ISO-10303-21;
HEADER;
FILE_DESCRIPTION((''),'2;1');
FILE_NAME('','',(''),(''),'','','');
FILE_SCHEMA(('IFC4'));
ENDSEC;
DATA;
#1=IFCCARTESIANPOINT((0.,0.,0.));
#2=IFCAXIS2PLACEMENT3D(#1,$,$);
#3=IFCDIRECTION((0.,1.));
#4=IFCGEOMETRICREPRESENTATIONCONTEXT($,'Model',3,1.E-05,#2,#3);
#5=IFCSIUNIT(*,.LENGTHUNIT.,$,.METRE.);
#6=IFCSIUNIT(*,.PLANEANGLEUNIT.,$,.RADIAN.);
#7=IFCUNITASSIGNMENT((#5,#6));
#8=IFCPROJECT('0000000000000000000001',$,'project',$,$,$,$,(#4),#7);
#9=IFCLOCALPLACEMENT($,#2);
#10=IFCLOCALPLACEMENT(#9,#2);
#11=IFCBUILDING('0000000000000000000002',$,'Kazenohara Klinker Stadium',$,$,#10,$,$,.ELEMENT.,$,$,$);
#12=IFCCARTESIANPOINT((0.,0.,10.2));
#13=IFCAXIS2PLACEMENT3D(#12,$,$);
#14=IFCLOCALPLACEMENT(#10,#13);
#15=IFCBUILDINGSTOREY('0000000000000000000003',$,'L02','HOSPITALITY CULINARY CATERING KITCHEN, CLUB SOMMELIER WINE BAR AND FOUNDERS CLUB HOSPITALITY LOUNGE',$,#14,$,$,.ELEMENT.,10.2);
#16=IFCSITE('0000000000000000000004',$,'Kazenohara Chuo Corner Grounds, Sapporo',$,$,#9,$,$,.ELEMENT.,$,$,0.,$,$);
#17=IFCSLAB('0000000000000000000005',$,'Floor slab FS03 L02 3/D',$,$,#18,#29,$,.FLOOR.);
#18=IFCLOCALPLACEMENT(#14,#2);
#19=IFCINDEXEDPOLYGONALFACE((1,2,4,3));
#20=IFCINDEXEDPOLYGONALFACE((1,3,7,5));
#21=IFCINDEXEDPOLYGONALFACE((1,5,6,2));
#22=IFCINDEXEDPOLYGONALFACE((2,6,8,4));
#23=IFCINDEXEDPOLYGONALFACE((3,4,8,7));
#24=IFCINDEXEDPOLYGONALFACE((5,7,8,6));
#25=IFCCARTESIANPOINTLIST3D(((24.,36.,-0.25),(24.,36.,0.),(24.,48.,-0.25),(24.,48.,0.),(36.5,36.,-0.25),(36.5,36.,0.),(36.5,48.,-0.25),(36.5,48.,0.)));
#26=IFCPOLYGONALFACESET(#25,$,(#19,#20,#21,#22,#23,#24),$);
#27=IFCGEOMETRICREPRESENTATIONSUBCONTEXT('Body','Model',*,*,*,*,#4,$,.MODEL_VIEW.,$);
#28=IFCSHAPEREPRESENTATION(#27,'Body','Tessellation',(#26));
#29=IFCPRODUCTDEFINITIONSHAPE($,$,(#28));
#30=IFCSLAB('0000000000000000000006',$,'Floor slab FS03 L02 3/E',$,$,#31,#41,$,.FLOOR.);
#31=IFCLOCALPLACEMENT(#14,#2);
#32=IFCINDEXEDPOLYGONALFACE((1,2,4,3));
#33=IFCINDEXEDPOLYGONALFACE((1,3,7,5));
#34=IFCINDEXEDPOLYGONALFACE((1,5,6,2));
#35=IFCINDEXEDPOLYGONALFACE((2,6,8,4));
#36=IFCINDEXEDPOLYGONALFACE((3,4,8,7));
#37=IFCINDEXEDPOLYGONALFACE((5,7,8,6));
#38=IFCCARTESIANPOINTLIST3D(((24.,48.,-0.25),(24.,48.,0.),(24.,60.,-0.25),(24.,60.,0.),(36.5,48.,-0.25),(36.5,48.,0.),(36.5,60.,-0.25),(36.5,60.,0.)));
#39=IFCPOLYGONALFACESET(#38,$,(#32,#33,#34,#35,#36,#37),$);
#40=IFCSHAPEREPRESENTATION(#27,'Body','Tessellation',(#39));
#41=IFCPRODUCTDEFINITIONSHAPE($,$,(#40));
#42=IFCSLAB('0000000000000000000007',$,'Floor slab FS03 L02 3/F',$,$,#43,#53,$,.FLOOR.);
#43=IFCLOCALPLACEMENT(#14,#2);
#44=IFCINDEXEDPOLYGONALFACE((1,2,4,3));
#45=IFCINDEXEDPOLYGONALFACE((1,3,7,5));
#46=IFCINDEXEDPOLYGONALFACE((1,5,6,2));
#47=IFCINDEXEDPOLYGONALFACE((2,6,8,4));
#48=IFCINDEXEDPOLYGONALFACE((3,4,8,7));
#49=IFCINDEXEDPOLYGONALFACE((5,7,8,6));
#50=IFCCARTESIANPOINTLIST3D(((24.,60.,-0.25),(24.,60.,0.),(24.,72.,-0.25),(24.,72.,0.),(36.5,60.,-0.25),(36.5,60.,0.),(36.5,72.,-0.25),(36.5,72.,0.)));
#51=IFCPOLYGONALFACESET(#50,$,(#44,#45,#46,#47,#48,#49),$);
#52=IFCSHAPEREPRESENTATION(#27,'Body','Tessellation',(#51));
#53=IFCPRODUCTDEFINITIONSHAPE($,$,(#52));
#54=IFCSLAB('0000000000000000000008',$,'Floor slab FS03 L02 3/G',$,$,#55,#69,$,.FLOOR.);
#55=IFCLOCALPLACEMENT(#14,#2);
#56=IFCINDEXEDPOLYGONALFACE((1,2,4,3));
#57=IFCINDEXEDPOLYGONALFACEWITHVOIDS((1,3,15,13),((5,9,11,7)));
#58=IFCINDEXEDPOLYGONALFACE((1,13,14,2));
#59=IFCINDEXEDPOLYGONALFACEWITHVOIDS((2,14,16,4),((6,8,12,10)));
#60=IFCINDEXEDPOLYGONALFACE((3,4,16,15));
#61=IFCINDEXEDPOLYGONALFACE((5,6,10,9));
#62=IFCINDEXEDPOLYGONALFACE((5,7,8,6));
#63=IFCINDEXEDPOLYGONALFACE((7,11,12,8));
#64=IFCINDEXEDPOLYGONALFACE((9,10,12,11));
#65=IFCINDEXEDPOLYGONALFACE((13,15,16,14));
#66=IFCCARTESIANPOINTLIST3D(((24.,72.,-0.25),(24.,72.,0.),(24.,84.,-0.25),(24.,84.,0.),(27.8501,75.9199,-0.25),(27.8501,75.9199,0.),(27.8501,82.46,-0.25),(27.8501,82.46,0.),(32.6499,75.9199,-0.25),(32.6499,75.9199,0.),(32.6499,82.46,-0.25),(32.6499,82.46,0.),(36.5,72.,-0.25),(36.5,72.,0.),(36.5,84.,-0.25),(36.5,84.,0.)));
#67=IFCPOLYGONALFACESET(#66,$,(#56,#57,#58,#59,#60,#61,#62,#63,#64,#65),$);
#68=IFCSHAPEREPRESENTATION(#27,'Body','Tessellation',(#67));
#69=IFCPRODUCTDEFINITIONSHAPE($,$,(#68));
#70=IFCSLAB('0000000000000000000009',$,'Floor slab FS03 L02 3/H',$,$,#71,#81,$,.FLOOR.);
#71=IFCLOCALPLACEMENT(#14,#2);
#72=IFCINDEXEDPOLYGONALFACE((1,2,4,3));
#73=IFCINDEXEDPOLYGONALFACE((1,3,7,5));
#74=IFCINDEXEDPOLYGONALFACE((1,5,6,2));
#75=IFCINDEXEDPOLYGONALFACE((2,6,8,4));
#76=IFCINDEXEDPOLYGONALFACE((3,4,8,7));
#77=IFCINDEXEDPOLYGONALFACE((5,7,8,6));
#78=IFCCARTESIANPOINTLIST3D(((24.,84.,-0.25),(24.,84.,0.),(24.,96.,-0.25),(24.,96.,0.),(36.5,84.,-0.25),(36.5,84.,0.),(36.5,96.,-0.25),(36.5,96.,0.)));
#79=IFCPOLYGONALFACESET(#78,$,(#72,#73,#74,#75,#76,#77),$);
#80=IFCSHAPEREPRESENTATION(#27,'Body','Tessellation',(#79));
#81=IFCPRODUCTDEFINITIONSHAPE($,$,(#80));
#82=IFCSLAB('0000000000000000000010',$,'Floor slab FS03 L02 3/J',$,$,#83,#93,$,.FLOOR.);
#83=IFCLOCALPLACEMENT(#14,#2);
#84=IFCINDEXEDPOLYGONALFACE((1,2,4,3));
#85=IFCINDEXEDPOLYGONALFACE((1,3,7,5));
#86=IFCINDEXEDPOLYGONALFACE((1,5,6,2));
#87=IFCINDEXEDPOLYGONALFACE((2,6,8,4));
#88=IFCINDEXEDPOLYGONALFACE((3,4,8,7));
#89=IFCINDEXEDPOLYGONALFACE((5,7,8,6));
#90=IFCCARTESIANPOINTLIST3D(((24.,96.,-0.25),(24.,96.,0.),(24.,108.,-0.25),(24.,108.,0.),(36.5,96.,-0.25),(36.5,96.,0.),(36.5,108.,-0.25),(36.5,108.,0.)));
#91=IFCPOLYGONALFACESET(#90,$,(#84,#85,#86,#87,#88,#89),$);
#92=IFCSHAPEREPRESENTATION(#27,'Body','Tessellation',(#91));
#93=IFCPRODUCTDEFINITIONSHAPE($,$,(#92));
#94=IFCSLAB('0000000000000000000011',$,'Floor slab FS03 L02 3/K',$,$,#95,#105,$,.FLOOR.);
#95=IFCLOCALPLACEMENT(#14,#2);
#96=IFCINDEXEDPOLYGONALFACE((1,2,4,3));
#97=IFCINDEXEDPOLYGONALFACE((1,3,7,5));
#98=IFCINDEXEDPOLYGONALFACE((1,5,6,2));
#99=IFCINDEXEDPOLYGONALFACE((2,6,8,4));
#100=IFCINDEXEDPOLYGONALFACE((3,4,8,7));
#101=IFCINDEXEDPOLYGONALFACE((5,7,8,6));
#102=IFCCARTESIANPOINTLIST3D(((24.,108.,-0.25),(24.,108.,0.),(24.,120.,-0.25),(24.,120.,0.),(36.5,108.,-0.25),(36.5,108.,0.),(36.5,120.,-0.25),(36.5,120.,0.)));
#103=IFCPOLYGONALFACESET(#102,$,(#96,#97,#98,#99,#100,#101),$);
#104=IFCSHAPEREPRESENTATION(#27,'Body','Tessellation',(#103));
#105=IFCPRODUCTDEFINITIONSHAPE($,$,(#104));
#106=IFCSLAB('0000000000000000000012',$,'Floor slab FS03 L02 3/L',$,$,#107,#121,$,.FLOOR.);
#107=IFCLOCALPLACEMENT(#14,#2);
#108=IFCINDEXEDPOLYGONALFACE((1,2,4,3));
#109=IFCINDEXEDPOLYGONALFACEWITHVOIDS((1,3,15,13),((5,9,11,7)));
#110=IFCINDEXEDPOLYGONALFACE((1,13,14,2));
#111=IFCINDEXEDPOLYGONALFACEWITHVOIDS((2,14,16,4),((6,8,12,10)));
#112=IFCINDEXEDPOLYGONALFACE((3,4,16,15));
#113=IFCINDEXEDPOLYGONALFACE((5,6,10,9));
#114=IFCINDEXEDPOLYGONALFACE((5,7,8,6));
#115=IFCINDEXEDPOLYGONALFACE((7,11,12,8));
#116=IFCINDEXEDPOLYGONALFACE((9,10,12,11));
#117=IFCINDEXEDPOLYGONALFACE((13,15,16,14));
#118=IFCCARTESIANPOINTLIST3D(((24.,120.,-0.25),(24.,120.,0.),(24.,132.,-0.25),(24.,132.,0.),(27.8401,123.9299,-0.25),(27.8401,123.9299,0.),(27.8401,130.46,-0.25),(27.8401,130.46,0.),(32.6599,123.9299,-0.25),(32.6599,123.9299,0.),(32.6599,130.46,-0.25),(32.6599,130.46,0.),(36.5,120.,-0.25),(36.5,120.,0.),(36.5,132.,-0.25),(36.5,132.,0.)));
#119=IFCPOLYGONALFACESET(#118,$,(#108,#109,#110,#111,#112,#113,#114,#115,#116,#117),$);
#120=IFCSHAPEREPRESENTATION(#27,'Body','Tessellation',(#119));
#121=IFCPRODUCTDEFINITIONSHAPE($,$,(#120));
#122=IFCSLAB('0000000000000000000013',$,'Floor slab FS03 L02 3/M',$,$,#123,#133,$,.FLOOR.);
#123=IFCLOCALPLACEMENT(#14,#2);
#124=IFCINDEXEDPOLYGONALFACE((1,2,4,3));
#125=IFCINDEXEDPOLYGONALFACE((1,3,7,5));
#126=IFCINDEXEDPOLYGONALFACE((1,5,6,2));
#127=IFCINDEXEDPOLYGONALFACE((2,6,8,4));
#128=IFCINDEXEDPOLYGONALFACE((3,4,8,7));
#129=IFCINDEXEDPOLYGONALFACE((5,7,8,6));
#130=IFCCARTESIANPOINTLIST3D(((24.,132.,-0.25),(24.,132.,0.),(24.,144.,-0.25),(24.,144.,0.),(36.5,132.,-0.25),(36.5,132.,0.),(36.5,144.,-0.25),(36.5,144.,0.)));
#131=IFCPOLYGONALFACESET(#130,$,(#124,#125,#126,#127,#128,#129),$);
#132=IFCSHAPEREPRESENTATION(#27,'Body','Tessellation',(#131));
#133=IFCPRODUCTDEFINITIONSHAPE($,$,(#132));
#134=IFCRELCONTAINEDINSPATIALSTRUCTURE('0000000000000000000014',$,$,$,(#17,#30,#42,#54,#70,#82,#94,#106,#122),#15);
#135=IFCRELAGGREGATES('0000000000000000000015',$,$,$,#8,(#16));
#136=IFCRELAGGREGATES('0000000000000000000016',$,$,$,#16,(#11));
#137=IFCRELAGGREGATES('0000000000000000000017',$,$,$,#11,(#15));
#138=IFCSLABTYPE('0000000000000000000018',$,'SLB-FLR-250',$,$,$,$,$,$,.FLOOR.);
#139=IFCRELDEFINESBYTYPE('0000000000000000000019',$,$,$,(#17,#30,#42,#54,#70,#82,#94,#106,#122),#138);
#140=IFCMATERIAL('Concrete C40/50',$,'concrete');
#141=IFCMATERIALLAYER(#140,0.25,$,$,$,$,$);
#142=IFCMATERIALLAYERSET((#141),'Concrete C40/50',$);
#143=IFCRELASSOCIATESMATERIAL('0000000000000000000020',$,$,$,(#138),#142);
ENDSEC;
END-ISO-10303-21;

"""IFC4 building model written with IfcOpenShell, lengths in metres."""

from ifc_helpers import new_model, si_unit, direction, frame, origin, place, context, subcontext, project, spatial, polyline, outline, extrude, material, layer, layer_set, type_object, element, save


model = new_model("IFC4")

# Units and contexts
model_context = context("Model", 3, precision=1e-05, world=origin(), true_north=direction((0.0, 1.0)))
body_context = subcontext(model_context, "Body", "Model", "MODEL_VIEW")
ifc_project = project(units=[si_unit("LENGTHUNIT", "METRE"), si_unit("PLANEANGLEUNIT", "RADIAN")], contexts=[model_context])

# Site, building, storey
site_placement = place(None, origin())
site = spatial("IfcSite", under=ifc_project, at=site_placement, Name="Kazenohara Chuo Corner Grounds, Sapporo", CompositionType="ELEMENT", RefElevation=0.0)
building_placement = place(site_placement, origin())
building = spatial("IfcBuilding", under=site, at=building_placement, Name="Kazenohara Klinker Stadium", CompositionType="ELEMENT")
storey_placement = place(building_placement, frame((0.0, 0.0, 10.2)))
storey = spatial("IfcBuildingStorey", under=building, at=storey_placement, Name="L02", Description="HOSPITALITY CULINARY CATERING KITCHEN, CLUB SOMMELIER WINE BAR AND FOUNDERS CLUB HOSPITALITY LOUNGE", CompositionType="ELEMENT", Elevation=10.2)

# Slabs
ifc_material = material(Name="Concrete C40/50", Category="concrete")
ifc_layer = layer(ifc_material, 0.25)
ifc_layer_set = layer_set([ifc_layer], Name="Concrete C40/50")
slab_type = type_object("IfcSlabType", Name="SLB-FLR-250", PredefinedType="FLOOR", material=ifc_layer_set)
slab_1_placement = place(storey_placement, frame((0.0, 0.0, -0.25)))
element("IfcSlab", 1, at=slab_1_placement, inside=storey, type_object=slab_type, Name="Floor slab FS03 L02 3/D", PredefinedType="FLOOR", context=body_context, shape_type="SweptSolid", body=[
    extrude(outline(polyline([(24.0, 36.0), (36.5, 36.0), (36.5, 48.0), (24.0, 48.0), (24.0, 36.0)])), origin(), (0.0, 0.0, 1.0), 0.25),
])
slab_2_placement = place(storey_placement, frame((0.0, 0.0, -0.25)))
element("IfcSlab", 2, at=slab_2_placement, inside=storey, type_object=slab_type, Name="Floor slab FS03 L02 3/E", PredefinedType="FLOOR", context=body_context, shape_type="SweptSolid", body=[
    extrude(outline(polyline([(24.0, 48.0), (36.5, 48.0), (36.5, 60.0), (24.0, 60.0), (24.0, 48.0)])), origin(), (0.0, 0.0, 1.0), 0.25),
])
slab_3_placement = place(storey_placement, frame((0.0, 0.0, -0.25)))
element("IfcSlab", 3, at=slab_3_placement, inside=storey, type_object=slab_type, Name="Floor slab FS03 L02 3/F", PredefinedType="FLOOR", context=body_context, shape_type="SweptSolid", body=[
    extrude(outline(polyline([(24.0, 60.0), (36.5, 60.0), (36.5, 72.0), (24.0, 72.0), (24.0, 60.0)])), origin(), (0.0, 0.0, 1.0), 0.25),
])
slab_4_placement = place(storey_placement, frame((0.0, 0.0, -0.25)))
element("IfcSlab", 4, at=slab_4_placement, inside=storey, type_object=slab_type, Name="Floor slab FS03 L02 3/G", PredefinedType="FLOOR", context=body_context, shape_type="SweptSolid", body=[
    extrude(outline(polyline([(24.0, 72.0), (36.5, 72.0), (36.5, 84.0), (24.0, 84.0), (24.0, 72.0)]), holes=[polyline([(32.6499, 75.9199), (32.6499, 82.46), (27.8501, 82.46), (27.8501, 75.9199), (32.6499, 75.9199)])]), origin(), (0.0, 0.0, 1.0), 0.25),
])
slab_5_placement = place(storey_placement, frame((0.0, 0.0, -0.25)))
element("IfcSlab", 5, at=slab_5_placement, inside=storey, type_object=slab_type, Name="Floor slab FS03 L02 3/H", PredefinedType="FLOOR", context=body_context, shape_type="SweptSolid", body=[
    extrude(outline(polyline([(24.0, 84.0), (36.5, 84.0), (36.5, 96.0), (24.0, 96.0), (24.0, 84.0)])), origin(), (0.0, 0.0, 1.0), 0.25),
])
slab_6_placement = place(storey_placement, frame((0.0, 0.0, -0.25)))
element("IfcSlab", 6, at=slab_6_placement, inside=storey, type_object=slab_type, Name="Floor slab FS03 L02 3/J", PredefinedType="FLOOR", context=body_context, shape_type="SweptSolid", body=[
    extrude(outline(polyline([(24.0, 96.0), (36.5, 96.0), (36.5, 108.0), (24.0, 108.0), (24.0, 96.0)])), origin(), (0.0, 0.0, 1.0), 0.25),
])
slab_7_placement = place(storey_placement, frame((0.0, 0.0, -0.25)))
element("IfcSlab", 7, at=slab_7_placement, inside=storey, type_object=slab_type, Name="Floor slab FS03 L02 3/K", PredefinedType="FLOOR", context=body_context, shape_type="SweptSolid", body=[
    extrude(outline(polyline([(24.0, 108.0), (36.5, 108.0), (36.5, 120.0), (24.0, 120.0), (24.0, 108.0)])), origin(), (0.0, 0.0, 1.0), 0.25),
])
slab_8_placement = place(storey_placement, frame((0.0, 0.0, -0.25)))
element("IfcSlab", 8, at=slab_8_placement, inside=storey, type_object=slab_type, Name="Floor slab FS03 L02 3/L", PredefinedType="FLOOR", context=body_context, shape_type="SweptSolid", body=[
    extrude(outline(polyline([(24.0, 120.0), (36.5, 120.0), (36.5, 132.0), (24.0, 132.0), (24.0, 120.0)]), holes=[polyline([(32.6599, 123.9299), (32.6599, 130.46), (27.8401, 130.46), (27.8401, 123.9299), (32.6599, 123.9299)])]), origin(), (0.0, 0.0, 1.0), 0.25),
])
slab_9_placement = place(storey_placement, frame((0.0, 0.0, -0.25)))
element("IfcSlab", 9, at=slab_9_placement, inside=storey, type_object=slab_type, Name="Floor slab FS03 L02 3/M", PredefinedType="FLOOR", context=body_context, shape_type="SweptSolid", body=[
    extrude(outline(polyline([(24.0, 132.0), (36.5, 132.0), (36.5, 144.0), (24.0, 144.0), (24.0, 132.0)])), origin(), (0.0, 0.0, 1.0), 0.25),
])

save(model, "model.ifc")
